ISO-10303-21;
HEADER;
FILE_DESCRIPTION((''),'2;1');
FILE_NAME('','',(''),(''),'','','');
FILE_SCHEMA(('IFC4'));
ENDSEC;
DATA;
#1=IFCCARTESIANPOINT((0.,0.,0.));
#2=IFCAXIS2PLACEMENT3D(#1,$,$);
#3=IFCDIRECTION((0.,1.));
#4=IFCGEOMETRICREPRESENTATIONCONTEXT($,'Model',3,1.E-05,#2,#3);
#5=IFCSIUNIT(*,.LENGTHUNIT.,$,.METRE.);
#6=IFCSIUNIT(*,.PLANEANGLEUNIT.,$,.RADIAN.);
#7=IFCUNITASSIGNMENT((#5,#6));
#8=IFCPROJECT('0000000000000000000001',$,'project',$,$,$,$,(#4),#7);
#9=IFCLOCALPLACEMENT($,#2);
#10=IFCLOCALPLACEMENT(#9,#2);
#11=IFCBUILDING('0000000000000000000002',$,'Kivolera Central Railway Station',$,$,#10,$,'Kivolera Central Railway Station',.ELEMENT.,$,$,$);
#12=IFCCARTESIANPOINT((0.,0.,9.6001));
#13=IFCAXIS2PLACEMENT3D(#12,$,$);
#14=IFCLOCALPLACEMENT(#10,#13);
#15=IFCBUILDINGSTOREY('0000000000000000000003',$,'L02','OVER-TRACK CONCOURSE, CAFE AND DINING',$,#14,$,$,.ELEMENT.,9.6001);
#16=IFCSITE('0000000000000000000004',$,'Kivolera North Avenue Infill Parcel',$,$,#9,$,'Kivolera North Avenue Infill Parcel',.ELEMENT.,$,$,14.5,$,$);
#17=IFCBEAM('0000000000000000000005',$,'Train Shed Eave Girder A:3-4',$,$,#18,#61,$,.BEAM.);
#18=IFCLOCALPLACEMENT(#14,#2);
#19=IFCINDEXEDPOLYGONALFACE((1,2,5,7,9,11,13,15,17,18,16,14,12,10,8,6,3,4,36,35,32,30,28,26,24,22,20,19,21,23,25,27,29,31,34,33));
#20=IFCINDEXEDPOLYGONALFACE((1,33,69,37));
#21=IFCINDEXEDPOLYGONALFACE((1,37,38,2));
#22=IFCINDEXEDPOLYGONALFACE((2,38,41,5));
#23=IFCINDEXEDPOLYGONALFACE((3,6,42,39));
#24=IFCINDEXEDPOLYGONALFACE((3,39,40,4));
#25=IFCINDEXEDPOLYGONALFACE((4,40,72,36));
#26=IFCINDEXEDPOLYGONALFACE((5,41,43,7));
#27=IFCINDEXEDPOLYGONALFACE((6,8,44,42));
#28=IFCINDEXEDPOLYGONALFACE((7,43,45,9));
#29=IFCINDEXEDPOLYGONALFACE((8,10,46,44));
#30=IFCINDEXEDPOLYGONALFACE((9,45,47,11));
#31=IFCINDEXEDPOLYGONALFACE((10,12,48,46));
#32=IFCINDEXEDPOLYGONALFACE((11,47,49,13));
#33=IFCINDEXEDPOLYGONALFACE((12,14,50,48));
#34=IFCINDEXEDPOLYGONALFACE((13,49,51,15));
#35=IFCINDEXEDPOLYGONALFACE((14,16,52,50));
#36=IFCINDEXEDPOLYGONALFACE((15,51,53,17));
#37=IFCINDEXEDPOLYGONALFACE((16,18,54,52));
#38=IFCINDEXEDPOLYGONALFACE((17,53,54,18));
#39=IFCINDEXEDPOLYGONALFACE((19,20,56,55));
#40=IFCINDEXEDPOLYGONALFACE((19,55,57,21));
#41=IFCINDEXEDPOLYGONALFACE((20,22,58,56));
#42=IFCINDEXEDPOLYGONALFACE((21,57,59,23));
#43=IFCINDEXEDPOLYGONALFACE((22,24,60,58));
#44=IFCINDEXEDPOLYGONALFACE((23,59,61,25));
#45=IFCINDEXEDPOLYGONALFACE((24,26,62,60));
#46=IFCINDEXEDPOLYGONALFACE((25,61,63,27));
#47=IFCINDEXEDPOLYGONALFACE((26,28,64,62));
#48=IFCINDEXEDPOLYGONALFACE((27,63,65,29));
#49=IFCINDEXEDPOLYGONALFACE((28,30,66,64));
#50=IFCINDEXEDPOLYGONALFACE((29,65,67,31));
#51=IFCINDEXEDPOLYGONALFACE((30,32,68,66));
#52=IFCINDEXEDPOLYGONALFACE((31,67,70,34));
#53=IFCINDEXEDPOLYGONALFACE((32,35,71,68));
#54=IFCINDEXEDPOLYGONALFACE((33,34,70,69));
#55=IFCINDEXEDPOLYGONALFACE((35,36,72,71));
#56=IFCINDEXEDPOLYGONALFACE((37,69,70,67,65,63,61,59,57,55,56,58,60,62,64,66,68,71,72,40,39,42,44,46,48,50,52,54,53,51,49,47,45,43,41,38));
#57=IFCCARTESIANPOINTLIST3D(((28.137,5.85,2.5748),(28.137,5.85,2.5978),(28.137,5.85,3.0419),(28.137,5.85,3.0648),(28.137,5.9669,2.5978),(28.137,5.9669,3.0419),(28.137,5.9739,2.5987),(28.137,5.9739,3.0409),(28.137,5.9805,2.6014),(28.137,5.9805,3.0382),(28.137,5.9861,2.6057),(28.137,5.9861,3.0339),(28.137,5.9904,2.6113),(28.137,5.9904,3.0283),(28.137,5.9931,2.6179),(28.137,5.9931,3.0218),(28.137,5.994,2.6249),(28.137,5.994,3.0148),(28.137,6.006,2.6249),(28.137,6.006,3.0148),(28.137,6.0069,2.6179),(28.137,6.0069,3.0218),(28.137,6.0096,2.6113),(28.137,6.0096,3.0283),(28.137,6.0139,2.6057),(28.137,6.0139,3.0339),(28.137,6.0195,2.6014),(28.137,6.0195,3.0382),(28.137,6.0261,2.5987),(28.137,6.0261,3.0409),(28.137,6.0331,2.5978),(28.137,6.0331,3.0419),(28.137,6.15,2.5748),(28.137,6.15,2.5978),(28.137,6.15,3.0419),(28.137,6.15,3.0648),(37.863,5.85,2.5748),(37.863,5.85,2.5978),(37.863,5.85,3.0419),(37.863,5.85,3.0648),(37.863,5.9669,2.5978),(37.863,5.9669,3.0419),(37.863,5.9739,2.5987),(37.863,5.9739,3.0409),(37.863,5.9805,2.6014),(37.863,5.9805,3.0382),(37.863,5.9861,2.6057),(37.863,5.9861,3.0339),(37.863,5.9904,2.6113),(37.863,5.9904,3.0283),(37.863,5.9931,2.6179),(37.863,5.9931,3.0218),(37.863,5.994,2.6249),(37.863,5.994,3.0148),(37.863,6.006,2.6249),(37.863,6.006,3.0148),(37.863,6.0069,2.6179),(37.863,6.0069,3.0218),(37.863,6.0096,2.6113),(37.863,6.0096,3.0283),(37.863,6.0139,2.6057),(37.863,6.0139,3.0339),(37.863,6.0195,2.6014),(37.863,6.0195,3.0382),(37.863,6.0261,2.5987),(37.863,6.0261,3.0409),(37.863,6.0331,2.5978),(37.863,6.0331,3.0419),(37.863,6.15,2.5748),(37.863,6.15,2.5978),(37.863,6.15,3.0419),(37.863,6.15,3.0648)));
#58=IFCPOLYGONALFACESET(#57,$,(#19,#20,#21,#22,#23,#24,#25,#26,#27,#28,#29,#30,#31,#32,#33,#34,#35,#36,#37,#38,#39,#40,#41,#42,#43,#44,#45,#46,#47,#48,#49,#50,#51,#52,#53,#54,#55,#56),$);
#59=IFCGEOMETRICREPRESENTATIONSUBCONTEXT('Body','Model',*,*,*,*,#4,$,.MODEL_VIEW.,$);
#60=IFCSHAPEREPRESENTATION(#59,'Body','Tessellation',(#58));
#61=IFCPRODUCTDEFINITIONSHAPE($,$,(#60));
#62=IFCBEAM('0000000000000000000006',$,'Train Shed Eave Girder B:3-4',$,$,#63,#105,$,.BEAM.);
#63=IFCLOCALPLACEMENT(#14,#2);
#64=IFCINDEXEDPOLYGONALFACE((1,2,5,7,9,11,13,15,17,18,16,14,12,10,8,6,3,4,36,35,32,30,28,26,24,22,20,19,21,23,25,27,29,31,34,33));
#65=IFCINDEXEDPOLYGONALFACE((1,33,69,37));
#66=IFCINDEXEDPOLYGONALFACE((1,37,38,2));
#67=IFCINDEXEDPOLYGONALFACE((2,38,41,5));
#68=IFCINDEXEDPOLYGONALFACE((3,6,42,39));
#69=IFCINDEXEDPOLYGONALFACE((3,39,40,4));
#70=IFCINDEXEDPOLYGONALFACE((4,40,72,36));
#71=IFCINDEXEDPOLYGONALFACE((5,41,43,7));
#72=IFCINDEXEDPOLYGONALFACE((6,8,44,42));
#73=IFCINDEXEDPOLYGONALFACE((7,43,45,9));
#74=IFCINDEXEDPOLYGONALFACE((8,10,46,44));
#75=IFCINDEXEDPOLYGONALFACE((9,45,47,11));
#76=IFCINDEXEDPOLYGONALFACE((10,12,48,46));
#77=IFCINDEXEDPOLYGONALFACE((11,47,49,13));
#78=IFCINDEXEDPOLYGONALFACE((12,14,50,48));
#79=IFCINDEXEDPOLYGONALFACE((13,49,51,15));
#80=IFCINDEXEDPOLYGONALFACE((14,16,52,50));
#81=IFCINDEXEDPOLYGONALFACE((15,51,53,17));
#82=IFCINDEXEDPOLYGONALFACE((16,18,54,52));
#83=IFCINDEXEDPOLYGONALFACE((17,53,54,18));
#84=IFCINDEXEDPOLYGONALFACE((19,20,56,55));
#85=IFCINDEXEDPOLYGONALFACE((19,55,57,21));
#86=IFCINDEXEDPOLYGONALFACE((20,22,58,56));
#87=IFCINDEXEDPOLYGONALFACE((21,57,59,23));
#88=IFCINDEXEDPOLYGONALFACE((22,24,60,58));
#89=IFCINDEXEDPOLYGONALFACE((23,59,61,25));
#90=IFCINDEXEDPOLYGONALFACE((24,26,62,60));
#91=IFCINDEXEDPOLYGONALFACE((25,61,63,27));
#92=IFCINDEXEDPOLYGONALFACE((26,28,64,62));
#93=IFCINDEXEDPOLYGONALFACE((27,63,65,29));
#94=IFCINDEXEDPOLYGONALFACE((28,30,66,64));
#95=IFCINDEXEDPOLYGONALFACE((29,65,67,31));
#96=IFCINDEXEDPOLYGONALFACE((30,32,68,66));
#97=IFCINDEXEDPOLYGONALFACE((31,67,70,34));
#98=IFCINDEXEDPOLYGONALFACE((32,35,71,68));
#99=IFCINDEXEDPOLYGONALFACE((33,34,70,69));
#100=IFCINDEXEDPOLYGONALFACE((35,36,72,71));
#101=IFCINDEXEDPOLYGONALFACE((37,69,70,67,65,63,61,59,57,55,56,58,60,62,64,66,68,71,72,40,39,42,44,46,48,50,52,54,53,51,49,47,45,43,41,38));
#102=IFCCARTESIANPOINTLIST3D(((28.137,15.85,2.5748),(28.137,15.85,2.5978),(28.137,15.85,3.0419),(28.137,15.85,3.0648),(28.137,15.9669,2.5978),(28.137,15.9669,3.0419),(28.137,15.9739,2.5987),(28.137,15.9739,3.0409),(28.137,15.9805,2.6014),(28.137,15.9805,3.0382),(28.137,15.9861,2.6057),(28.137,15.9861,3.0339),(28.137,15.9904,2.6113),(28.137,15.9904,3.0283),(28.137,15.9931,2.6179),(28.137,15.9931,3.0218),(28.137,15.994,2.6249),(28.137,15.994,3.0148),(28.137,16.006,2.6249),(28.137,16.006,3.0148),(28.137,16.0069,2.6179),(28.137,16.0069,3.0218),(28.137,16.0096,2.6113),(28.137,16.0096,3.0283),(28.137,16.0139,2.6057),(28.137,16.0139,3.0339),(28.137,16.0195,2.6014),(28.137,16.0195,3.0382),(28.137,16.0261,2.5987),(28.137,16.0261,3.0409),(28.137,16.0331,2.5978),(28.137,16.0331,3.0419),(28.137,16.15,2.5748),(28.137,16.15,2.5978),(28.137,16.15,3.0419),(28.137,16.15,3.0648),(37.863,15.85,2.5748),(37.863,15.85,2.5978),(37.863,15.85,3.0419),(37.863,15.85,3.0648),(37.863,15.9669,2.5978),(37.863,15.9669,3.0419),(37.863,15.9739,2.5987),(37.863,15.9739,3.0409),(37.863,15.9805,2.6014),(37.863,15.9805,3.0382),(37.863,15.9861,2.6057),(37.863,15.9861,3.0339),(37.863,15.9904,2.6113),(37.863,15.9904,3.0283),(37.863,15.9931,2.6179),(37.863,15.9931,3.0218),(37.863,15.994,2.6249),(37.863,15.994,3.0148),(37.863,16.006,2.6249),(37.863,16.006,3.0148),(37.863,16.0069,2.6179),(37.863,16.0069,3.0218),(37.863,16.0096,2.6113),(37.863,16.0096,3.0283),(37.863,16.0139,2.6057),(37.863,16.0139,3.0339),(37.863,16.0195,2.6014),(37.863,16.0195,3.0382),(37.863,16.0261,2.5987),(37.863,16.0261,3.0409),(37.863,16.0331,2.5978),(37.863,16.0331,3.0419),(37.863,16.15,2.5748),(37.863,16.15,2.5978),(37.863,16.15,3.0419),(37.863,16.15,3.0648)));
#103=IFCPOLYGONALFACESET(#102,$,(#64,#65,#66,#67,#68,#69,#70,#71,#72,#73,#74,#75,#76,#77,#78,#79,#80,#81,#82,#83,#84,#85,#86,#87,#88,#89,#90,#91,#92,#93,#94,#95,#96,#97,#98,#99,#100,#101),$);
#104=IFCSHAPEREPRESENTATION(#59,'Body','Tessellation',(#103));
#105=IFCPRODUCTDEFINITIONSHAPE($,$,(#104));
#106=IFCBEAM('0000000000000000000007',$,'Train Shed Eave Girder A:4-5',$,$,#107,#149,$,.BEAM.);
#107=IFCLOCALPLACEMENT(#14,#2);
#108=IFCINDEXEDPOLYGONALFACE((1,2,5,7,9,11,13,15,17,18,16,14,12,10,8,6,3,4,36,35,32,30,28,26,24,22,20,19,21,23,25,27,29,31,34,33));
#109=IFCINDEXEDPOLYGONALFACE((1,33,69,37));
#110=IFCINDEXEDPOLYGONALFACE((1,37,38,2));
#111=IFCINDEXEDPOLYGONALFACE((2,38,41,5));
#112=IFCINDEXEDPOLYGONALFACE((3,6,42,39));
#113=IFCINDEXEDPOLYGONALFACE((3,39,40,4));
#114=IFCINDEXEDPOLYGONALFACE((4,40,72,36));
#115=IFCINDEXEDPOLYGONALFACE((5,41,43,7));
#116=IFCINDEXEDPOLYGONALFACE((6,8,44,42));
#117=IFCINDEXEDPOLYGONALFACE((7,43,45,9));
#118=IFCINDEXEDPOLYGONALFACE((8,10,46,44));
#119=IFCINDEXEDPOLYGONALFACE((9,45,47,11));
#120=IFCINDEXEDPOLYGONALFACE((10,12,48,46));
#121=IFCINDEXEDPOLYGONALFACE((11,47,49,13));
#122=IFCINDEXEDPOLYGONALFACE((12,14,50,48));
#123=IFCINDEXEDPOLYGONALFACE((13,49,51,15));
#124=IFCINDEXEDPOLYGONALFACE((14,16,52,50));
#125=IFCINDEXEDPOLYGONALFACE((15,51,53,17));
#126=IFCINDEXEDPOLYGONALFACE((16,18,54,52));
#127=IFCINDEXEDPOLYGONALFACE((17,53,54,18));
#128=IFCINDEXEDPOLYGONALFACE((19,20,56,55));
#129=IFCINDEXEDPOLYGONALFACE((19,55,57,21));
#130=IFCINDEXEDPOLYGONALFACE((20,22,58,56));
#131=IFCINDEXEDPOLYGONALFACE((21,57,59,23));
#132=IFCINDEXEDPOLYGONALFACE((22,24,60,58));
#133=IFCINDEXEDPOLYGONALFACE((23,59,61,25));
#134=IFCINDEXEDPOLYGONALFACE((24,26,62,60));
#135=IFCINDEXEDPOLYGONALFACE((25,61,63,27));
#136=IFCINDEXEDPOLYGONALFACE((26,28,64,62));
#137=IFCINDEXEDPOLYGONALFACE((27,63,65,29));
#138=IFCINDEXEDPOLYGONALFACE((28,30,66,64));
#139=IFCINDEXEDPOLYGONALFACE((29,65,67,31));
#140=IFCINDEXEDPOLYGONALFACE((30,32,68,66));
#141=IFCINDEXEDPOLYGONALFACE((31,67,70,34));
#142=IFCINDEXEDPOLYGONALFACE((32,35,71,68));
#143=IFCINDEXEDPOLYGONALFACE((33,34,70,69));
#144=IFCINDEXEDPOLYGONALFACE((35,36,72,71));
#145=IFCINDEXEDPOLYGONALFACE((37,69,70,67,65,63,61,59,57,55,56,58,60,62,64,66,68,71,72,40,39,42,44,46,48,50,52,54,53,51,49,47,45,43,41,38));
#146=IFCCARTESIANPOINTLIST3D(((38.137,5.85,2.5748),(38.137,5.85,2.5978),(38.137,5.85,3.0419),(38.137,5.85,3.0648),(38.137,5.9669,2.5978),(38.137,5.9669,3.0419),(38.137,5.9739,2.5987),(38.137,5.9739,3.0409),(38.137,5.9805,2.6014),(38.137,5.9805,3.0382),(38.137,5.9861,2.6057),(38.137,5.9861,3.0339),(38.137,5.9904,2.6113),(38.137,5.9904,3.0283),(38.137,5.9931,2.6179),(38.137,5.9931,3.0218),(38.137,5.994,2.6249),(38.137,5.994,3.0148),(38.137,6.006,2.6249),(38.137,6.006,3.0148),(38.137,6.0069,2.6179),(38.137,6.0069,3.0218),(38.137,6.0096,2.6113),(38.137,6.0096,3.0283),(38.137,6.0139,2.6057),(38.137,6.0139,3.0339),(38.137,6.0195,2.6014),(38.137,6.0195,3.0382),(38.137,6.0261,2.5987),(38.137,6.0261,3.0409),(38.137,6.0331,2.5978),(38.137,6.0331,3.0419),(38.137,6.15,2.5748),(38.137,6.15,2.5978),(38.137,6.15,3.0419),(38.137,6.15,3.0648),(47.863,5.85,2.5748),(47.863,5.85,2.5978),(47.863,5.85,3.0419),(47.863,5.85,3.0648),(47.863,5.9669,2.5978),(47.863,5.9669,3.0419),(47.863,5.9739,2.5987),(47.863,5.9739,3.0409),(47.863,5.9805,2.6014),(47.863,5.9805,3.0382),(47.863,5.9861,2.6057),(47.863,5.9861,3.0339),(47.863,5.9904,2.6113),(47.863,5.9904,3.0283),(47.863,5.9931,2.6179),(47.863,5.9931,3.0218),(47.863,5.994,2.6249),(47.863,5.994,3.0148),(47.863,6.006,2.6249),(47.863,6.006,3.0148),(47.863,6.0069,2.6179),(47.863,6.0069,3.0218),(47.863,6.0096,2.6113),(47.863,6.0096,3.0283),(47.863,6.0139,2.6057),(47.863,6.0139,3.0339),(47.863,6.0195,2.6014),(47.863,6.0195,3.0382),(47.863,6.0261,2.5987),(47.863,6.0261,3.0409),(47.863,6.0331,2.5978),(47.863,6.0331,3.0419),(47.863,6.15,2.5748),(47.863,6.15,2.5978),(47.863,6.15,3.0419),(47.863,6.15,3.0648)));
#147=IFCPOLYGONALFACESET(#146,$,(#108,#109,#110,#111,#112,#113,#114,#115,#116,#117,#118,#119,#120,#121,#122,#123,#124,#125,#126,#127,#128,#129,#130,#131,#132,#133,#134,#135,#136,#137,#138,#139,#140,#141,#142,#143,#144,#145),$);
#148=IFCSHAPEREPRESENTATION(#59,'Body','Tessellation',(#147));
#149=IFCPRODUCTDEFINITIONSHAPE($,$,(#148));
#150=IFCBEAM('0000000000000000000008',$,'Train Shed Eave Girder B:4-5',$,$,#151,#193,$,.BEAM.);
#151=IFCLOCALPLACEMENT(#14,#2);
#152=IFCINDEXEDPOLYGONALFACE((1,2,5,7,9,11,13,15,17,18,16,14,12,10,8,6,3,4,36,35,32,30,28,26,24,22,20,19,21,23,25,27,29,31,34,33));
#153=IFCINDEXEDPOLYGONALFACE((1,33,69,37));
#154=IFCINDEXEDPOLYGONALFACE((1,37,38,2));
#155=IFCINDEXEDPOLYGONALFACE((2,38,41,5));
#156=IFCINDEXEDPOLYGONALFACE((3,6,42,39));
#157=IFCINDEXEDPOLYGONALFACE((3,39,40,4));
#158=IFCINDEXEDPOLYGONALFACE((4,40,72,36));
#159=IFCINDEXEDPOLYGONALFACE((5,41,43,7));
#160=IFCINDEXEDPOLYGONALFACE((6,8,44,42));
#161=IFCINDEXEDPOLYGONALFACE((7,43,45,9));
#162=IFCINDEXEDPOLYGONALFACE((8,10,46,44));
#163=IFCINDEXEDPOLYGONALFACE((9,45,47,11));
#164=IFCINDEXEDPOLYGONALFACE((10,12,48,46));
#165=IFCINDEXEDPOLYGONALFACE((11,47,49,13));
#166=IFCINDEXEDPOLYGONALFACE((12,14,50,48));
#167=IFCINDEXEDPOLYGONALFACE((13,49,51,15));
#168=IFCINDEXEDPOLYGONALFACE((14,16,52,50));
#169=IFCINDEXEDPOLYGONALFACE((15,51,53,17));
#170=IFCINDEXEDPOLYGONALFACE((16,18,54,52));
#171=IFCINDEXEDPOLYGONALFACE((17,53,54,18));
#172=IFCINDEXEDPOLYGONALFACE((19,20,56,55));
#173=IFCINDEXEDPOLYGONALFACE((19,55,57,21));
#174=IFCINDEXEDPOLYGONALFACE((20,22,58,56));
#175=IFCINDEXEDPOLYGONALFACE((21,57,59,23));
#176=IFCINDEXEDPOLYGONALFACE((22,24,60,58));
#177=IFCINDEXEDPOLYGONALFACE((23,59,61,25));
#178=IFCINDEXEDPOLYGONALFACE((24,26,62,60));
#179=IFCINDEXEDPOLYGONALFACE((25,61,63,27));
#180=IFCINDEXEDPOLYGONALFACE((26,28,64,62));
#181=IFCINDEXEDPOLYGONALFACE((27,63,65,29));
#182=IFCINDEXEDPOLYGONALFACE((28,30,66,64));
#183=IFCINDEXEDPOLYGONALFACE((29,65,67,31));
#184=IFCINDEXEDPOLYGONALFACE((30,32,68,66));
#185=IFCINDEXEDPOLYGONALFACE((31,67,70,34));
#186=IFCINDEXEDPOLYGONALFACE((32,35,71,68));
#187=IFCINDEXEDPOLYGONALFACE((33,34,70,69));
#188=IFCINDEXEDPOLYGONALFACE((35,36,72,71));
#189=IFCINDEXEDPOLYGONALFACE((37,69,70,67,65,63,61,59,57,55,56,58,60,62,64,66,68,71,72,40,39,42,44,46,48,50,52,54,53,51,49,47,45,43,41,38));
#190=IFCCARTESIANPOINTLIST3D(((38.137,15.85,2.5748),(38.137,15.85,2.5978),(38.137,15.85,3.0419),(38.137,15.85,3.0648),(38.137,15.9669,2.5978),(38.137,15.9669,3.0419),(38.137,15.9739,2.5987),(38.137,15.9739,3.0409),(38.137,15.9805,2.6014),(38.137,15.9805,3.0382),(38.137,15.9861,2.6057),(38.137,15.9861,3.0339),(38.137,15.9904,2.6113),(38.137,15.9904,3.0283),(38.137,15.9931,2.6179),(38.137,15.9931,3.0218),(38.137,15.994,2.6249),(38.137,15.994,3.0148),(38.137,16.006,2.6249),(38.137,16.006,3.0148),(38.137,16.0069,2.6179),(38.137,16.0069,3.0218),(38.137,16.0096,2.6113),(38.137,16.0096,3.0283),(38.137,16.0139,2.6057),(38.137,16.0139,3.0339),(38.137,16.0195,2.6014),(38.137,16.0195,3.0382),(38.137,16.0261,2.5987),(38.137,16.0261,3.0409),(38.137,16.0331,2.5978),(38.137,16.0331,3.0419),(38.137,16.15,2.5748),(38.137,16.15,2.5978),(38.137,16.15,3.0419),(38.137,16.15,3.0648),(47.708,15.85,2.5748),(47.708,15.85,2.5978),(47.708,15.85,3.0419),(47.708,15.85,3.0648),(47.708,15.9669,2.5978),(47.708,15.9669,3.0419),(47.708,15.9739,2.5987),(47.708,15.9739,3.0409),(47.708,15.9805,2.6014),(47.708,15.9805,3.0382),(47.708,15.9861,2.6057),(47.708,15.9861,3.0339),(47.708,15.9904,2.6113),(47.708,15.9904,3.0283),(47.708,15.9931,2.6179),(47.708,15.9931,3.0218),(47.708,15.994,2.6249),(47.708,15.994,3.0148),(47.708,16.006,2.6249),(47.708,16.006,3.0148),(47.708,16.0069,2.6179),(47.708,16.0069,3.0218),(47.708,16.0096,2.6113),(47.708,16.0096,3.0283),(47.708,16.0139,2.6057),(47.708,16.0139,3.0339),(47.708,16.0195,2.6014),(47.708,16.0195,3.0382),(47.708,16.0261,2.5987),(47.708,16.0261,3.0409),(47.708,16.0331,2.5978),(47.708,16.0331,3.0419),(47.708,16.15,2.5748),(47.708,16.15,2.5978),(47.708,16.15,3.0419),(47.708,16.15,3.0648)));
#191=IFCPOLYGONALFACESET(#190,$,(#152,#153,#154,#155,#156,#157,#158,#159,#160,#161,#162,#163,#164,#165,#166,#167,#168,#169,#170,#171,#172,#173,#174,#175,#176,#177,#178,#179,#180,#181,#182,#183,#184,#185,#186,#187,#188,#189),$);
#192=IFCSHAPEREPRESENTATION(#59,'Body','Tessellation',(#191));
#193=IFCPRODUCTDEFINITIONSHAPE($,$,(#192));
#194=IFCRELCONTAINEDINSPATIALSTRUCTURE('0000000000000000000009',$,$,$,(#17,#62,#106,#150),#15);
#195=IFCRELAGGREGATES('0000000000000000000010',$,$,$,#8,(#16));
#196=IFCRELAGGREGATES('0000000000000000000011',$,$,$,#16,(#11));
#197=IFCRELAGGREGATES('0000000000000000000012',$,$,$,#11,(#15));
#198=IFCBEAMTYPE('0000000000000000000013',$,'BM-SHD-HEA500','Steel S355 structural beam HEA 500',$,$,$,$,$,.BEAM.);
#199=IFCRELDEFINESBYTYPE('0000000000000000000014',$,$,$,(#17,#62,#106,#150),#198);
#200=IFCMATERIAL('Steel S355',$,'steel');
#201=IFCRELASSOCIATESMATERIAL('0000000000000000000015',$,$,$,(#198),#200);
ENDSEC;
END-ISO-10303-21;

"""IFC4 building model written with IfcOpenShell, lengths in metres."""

from ifc_helpers import new_model, si_unit, direction, frame, origin, origin_2d, place, context, subcontext, project, spatial, i_section, extrude, material, material_profile, profile_set, type_object, element, save


model = new_model("IFC4")

# Units and contexts
model_context = context("Model", 3, precision=1e-05, world=origin(), true_north=direction((0.0, 1.0)))
body_context = subcontext(model_context, "Body", "Model", "MODEL_VIEW")
ifc_project = project(units=[si_unit("LENGTHUNIT", "METRE"), si_unit("PLANEANGLEUNIT", "RADIAN")], contexts=[model_context])

# Site, building, storey
site_placement = place(None, origin())
site = spatial("IfcSite", under=ifc_project, at=site_placement, Name="Kivolera North Avenue Infill Parcel", LongName="Kivolera North Avenue Infill Parcel", CompositionType="ELEMENT", RefElevation=14.5)
building_placement = place(site_placement, origin())
building = spatial("IfcBuilding", under=site, at=building_placement, Name="Kivolera Central Railway Station", LongName="Kivolera Central Railway Station", CompositionType="ELEMENT")
storey_placement = place(building_placement, frame((0.0, 0.0, 9.6001)))
storey = spatial("IfcBuildingStorey", under=building, at=storey_placement, Name="L02", Description="OVER-TRACK CONCOURSE, CAFE AND DINING", CompositionType="ELEMENT", Elevation=9.6001)

# Shared definitions
ifc_material_1 = material(Name="Steel S355", Category="steel")

# Beams
ifc_material_profile_1 = material_profile(ifc_material_1, i_section(OverallWidth=0.3, OverallDepth=0.49, WebThickness=0.012, FlangeThickness=0.0229, FilletRadius=0.0271, at=origin_2d()), Name="HEA 500")
ifc_profile_set_1 = profile_set([ifc_material_profile_1], Name="Steel S355")
beam_type_1 = type_object("IfcBeamType", Name="BM-SHD-HEA500", Description="Steel S355 structural beam HEA 500", PredefinedType="BEAM", material=ifc_profile_set_1)
for number, where, z_axis, x_axis, name in (
    (1, (28.137, 6.0, 2.8198), (1.0, 0.0, 0.0), (0.0, 1.0, 0.0), "Train Shed Eave Girder A:3-4"),
    (2, (28.137, 16.0, 2.8198), (1.0, 0.0, 0.0), (0.0, 1.0, 0.0), "Train Shed Eave Girder B:3-4"),
    (3, (38.137, 6.0, 2.8198), (1.0, 0.0, 0.0), (0.0, 1.0, 0.0), "Train Shed Eave Girder A:4-5"),
):
    element("IfcBeam", number, at=place(storey_placement, frame(where, z_axis=z_axis, x_axis=x_axis)), inside=storey, type_object=beam_type_1, Name=name, PredefinedType="BEAM", context=body_context, shape_type="SweptSolid", body=[
        extrude(i_section(OverallWidth=0.3, OverallDepth=0.49, WebThickness=0.012, FlangeThickness=0.0229, FilletRadius=0.0271, at=origin_2d()), origin(), (0.0, 0.0, 1.0), 9.7261),
    ])
beam_1_placement = place(storey_placement, frame((38.137, 16.0, 2.8198), z_axis=(1.0, 0.0, 0.0), x_axis=(0.0, 1.0, 0.0)))
element("IfcBeam", 4, at=beam_1_placement, inside=storey, type_object=beam_type_1, Name="Train Shed Eave Girder B:4-5", PredefinedType="BEAM", context=body_context, shape_type="SweptSolid", body=[
    extrude(i_section(OverallWidth=0.3, OverallDepth=0.49, WebThickness=0.012, FlangeThickness=0.0229, FilletRadius=0.0271, at=origin_2d()), origin(), (0.0, 0.0, 1.0), 9.571),
])

save(model, "model.ifc")
